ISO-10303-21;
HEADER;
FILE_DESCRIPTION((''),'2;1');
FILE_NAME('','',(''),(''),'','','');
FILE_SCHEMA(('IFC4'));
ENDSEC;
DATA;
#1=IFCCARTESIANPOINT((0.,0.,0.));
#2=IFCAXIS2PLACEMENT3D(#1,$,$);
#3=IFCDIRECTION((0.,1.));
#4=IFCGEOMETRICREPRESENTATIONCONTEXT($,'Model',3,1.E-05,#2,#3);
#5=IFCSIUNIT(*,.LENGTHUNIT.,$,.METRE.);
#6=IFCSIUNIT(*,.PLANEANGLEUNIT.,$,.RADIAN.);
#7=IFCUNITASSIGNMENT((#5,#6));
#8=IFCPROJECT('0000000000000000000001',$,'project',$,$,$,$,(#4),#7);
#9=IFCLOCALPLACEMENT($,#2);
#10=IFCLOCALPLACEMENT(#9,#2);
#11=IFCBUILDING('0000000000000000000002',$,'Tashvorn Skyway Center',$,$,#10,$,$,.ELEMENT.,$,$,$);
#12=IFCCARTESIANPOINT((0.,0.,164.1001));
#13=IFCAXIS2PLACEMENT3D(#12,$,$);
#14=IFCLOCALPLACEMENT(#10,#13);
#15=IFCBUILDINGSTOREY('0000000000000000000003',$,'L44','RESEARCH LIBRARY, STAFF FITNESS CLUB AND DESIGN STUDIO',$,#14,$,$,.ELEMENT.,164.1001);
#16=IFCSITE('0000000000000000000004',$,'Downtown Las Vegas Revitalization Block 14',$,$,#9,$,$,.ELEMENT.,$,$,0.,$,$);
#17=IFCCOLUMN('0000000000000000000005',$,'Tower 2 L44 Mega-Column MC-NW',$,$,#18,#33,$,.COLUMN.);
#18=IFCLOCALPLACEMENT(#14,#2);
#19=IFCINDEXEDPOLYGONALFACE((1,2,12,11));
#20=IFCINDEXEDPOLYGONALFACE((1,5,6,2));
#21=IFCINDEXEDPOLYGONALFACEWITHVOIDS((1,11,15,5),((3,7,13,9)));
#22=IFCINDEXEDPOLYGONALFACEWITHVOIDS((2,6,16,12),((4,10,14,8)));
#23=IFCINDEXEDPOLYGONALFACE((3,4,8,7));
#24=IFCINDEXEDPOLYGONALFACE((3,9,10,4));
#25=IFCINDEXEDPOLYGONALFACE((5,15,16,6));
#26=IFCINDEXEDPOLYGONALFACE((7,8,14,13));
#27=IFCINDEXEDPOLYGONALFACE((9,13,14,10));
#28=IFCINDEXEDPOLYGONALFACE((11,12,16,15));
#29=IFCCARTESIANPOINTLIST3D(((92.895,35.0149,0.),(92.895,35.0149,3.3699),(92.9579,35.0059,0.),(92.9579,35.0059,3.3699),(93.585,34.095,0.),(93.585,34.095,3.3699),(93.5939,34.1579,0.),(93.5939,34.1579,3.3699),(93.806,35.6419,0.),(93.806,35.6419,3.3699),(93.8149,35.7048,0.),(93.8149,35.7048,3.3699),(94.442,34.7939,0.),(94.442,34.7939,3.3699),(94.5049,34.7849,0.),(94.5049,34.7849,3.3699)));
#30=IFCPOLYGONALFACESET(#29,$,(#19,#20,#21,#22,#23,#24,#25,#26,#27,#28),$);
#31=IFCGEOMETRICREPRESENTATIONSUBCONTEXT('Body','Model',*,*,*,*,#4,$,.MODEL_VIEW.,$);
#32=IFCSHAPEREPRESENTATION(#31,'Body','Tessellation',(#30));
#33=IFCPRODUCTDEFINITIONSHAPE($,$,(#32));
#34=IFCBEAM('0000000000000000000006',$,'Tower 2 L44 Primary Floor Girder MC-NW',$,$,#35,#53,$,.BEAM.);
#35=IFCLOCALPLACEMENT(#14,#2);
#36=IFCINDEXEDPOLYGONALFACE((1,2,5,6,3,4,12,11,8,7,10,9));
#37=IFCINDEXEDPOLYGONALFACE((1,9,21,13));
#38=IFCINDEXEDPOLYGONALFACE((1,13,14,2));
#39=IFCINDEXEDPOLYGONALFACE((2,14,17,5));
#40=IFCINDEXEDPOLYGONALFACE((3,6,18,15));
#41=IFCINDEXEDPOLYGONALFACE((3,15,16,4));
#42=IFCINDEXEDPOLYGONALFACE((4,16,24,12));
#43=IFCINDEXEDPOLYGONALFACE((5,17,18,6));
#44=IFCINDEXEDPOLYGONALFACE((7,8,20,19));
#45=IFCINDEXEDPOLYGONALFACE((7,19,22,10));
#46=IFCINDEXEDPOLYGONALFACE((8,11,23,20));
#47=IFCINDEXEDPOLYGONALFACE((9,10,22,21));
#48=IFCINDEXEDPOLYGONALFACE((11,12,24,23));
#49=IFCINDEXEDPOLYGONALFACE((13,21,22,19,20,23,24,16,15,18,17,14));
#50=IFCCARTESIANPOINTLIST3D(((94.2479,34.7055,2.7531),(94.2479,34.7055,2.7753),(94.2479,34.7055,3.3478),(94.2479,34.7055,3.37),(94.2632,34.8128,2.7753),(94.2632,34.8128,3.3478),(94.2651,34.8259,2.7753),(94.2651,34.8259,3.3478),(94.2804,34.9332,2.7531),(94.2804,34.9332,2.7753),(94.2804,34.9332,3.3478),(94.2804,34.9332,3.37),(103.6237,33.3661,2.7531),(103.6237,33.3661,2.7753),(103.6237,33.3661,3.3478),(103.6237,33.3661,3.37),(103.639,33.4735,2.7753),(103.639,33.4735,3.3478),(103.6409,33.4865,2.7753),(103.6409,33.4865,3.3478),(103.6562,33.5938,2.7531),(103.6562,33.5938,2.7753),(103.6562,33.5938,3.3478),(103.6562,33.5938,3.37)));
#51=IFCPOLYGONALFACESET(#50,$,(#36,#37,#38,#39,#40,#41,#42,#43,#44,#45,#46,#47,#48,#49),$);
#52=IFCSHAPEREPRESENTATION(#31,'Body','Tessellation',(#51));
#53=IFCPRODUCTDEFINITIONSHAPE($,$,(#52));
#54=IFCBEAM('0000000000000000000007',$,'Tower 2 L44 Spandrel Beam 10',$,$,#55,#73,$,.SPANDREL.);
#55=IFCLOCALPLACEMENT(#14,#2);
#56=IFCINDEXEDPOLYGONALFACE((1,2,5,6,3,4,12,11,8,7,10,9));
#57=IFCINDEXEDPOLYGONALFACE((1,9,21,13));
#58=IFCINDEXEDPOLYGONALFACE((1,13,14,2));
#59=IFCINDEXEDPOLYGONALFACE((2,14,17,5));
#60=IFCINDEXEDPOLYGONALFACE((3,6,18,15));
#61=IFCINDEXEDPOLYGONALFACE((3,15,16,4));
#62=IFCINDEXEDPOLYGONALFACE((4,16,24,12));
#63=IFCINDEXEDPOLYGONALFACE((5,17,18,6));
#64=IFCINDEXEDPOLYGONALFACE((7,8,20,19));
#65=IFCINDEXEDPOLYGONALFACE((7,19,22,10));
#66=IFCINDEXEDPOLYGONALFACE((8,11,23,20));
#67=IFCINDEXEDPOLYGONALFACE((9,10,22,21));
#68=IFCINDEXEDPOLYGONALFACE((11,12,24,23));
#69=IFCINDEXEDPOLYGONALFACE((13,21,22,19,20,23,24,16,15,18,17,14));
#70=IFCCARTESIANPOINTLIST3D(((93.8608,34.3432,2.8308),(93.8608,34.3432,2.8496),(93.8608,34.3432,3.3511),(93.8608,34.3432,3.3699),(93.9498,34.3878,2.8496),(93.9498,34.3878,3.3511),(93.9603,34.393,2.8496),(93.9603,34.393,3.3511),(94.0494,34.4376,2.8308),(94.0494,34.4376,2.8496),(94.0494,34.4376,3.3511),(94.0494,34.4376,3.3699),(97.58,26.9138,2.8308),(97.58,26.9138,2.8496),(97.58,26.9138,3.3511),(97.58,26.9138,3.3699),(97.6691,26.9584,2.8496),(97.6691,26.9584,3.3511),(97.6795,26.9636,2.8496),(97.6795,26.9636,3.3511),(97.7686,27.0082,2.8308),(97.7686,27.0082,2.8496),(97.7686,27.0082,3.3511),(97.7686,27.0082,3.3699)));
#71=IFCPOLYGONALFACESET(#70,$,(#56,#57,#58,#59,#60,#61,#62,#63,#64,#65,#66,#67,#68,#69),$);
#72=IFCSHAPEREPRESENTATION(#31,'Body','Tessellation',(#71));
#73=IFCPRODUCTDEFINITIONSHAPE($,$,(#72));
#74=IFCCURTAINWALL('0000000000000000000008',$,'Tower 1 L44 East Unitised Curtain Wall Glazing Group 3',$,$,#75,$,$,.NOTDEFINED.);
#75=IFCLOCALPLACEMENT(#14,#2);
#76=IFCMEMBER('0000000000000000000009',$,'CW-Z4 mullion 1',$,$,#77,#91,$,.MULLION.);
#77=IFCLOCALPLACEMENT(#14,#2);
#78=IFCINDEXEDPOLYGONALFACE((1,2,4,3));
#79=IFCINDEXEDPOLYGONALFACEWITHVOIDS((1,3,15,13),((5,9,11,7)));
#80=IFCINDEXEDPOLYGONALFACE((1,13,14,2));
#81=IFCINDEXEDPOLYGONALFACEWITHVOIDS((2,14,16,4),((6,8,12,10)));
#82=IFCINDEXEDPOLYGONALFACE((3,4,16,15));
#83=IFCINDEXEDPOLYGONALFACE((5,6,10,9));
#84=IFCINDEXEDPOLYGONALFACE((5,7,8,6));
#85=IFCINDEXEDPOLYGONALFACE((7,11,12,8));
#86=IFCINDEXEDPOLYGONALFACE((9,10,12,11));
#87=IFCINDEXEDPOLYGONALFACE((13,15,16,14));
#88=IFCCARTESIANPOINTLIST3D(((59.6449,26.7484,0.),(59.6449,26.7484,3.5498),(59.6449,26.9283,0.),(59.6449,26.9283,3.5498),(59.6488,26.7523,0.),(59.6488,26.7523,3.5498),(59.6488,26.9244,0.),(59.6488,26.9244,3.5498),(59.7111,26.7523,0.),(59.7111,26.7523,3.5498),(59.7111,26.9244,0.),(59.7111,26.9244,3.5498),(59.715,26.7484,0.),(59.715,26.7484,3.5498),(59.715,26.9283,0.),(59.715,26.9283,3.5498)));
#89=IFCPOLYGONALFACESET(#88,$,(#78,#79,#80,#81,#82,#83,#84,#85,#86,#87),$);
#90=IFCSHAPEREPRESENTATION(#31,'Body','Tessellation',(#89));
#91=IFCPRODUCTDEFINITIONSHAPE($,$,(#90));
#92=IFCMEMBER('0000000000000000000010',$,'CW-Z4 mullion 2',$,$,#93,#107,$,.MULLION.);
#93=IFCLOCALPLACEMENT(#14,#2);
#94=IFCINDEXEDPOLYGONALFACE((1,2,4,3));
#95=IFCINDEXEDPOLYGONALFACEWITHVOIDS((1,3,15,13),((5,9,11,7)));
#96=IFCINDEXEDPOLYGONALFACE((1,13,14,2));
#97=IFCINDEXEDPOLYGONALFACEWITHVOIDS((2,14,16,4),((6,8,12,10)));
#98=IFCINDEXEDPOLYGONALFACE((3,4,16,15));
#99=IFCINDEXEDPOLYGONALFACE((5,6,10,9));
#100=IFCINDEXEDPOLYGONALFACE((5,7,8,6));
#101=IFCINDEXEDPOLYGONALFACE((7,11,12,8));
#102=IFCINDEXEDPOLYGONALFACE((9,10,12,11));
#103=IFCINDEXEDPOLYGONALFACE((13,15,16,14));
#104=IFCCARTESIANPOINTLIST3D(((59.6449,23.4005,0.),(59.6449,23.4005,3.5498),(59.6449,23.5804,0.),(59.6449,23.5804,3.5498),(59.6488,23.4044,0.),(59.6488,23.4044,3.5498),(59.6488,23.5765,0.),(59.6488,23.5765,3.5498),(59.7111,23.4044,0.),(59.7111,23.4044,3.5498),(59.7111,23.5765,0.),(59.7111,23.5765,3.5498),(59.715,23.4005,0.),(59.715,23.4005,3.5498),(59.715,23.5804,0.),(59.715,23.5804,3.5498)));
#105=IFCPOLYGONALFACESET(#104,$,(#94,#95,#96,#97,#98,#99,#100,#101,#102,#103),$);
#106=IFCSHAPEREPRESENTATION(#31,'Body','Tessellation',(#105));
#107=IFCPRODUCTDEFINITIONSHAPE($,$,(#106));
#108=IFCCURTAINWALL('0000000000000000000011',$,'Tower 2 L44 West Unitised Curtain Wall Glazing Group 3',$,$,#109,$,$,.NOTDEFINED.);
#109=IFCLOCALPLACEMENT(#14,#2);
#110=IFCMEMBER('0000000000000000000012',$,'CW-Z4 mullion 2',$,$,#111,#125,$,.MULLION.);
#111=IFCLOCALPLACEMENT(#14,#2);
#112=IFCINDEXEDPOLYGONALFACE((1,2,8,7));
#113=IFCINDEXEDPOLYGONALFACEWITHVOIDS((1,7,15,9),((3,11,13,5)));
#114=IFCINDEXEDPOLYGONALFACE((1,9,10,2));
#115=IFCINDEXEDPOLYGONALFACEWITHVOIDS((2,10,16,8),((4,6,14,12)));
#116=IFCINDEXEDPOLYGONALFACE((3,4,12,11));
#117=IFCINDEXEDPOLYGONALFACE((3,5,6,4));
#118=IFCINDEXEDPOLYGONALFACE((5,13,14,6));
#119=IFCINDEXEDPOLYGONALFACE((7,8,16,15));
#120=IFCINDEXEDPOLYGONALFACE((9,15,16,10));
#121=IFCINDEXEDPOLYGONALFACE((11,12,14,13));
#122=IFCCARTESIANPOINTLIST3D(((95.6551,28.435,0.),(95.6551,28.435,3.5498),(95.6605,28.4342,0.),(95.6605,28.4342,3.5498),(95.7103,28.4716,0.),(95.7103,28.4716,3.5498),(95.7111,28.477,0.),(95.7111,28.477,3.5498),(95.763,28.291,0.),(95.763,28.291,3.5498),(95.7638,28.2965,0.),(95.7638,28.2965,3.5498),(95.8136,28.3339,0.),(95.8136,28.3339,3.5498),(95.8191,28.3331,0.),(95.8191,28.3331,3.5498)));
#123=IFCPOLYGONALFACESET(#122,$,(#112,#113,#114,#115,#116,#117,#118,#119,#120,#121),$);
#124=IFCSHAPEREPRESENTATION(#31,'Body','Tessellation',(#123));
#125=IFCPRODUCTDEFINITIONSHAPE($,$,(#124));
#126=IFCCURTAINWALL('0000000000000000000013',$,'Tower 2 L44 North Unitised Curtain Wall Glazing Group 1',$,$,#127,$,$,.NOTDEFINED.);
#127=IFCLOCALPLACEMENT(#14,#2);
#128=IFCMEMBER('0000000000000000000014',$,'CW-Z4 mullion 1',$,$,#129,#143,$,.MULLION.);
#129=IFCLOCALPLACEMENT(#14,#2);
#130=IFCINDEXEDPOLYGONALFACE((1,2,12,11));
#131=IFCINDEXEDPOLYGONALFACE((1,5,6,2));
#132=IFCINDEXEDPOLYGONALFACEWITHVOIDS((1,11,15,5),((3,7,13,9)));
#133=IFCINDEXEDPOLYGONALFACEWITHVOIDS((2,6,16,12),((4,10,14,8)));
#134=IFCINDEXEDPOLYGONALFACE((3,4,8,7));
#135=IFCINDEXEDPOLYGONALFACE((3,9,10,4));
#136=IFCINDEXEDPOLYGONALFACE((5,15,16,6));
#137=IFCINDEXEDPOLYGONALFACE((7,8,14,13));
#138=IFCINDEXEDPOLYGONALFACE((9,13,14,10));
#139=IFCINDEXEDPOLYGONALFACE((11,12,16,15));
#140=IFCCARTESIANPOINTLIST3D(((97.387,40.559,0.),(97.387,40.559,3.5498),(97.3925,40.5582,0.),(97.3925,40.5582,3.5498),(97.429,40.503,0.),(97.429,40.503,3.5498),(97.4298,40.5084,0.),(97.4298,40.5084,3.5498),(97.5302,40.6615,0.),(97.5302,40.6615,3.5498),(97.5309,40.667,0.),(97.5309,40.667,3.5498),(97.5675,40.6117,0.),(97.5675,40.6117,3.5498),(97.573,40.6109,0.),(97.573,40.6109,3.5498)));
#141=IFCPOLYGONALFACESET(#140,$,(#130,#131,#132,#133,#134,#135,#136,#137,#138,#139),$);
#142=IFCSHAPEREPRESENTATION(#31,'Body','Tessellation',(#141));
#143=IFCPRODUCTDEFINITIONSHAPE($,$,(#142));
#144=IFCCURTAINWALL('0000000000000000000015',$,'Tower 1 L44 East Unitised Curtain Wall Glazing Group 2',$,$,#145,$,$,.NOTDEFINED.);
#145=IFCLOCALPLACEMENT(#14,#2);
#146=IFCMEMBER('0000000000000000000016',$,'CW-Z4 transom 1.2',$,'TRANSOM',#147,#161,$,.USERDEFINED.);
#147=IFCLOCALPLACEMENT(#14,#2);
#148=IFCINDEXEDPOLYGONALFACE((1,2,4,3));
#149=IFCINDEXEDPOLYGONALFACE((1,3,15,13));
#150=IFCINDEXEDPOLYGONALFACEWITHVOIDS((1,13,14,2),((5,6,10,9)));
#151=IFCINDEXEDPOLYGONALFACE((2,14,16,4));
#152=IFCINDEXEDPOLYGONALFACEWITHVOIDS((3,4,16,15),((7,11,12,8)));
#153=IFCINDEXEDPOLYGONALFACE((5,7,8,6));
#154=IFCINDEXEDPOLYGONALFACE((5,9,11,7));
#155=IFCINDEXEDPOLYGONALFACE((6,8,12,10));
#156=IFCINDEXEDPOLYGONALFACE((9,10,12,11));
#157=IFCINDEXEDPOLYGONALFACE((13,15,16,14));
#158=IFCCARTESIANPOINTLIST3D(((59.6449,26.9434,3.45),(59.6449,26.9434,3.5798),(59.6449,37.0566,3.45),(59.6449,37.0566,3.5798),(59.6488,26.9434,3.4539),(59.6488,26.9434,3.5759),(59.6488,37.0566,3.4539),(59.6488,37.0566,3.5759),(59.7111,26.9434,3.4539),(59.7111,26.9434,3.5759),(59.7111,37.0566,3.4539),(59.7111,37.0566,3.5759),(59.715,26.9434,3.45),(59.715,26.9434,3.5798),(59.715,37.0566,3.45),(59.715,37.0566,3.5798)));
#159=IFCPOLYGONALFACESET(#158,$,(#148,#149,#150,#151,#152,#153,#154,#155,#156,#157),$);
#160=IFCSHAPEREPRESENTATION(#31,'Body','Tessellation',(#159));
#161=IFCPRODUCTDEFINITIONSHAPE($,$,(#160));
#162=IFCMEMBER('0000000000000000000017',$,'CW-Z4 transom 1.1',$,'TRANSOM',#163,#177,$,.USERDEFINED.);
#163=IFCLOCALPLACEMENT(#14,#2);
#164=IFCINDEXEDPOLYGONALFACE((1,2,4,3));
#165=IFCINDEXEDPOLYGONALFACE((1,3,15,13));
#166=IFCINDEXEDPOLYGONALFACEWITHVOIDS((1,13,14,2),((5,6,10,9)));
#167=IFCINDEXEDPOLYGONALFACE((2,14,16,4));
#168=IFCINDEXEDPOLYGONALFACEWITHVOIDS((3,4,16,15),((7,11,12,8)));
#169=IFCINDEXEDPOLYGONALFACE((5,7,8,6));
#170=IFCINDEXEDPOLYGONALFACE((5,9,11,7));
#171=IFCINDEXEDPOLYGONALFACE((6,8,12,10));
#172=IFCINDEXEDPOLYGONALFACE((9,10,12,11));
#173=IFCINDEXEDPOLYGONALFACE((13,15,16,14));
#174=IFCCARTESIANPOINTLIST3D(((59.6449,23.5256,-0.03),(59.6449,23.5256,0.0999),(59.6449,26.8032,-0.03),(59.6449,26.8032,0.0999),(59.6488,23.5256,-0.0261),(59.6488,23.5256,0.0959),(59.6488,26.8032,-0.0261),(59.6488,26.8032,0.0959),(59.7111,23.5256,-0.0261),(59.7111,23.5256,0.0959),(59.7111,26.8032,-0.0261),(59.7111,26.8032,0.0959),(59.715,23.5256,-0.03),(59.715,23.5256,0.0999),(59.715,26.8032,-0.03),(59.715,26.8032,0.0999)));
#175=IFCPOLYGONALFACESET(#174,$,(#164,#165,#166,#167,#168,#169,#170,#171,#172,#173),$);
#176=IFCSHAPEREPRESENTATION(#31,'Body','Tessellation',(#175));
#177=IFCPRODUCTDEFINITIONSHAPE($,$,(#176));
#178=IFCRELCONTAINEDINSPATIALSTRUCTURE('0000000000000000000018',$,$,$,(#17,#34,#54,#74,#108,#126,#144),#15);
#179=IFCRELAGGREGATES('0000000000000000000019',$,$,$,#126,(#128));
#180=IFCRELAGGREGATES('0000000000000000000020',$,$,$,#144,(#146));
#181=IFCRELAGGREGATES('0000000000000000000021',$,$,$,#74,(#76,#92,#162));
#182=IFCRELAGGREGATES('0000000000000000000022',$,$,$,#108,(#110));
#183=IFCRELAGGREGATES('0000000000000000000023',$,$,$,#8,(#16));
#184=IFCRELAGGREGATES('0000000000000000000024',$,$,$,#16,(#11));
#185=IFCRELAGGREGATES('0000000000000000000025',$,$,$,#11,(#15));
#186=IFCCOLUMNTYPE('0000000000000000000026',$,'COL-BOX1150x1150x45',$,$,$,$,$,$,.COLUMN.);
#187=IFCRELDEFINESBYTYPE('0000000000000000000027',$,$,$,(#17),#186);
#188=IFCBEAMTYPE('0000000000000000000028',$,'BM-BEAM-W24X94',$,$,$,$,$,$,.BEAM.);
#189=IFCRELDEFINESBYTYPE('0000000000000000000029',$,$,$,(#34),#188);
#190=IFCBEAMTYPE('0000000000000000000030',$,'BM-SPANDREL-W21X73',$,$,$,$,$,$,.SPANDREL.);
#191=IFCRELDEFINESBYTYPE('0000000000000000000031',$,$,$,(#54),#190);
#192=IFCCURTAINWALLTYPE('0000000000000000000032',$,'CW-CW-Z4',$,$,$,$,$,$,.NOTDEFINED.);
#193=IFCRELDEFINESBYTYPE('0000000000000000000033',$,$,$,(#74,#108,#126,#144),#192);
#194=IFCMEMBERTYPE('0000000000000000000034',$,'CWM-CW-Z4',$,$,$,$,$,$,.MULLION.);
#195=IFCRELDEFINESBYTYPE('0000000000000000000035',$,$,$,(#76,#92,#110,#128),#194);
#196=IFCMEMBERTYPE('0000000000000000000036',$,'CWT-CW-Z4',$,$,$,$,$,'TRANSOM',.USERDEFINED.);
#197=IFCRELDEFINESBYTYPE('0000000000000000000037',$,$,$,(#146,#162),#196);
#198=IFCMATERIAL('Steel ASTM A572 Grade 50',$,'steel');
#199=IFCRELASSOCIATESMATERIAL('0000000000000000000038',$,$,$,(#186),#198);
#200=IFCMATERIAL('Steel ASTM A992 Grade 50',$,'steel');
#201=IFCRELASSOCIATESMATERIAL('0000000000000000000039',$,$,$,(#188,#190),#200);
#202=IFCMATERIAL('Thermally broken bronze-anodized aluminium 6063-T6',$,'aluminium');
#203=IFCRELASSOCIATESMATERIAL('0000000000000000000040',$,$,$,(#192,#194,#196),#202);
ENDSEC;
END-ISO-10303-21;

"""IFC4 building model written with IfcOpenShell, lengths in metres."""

from ifc_helpers import new_model, si_unit, direction, frame, origin, origin_2d, place, context, subcontext, project, spatial, hollow_rectangle, i_section, extrude, material, material_profile, profile_set, type_object, element, aggregate, save


model = new_model("IFC4")

# Units and contexts
model_context = context("Model", 3, precision=1e-05, world=origin(), true_north=direction((0.0, 1.0)))
body_context = subcontext(model_context, "Body", "Model", "MODEL_VIEW")
ifc_project = project(units=[si_unit("LENGTHUNIT", "METRE"), si_unit("PLANEANGLEUNIT", "RADIAN")], contexts=[model_context])

# Site, building, storey
site_placement = place(None, origin())
site = spatial("IfcSite", under=ifc_project, at=site_placement, Name="Downtown Las Vegas Revitalization Block 14", CompositionType="ELEMENT", RefElevation=0.0)
building_placement = place(site_placement, origin())
building = spatial("IfcBuilding", under=site, at=building_placement, Name="Tashvorn Skyway Center", CompositionType="ELEMENT")
storey_placement = place(building_placement, frame((0.0, 0.0, 164.1001)))
storey = spatial("IfcBuildingStorey", under=building, at=storey_placement, Name="L44", Description="RESEARCH LIBRARY, STAFF FITNESS CLUB AND DESIGN STUDIO", CompositionType="ELEMENT", Elevation=164.1001)

# Column
ifc_material_1 = material(Name="Steel ASTM A572 Grade 50", Category="steel")
ifc_material_profile_1 = material_profile(ifc_material_1, hollow_rectangle(XDim=1.1499, YDim=1.1499, WallThickness=0.0449, at=origin_2d()), Name="BOX1150x1150x45")
ifc_profile_set_1 = profile_set([ifc_material_profile_1], Name="Steel ASTM A572 Grade 50")
column_type = type_object("IfcColumnType", Name="COL-BOX1150x1150x45", PredefinedType="COLUMN", material=ifc_profile_set_1)
column_placement = place(storey_placement, frame((93.7, 34.8999, 0.0), z_axis=(0.0, 0.0, 1.0), x_axis=(0.8, 0.6, 0.0)))
element("IfcColumn", 1, at=column_placement, inside=storey, type_object=column_type, Name="Tower 2 L44 Mega-Column MC-NW", PredefinedType="COLUMN", context=body_context, shape_type="SweptSolid", body=[
    extrude(hollow_rectangle(XDim=1.1499, YDim=1.1499, WallThickness=0.0449, at=origin_2d()), origin(), (0.0, 0.0, 1.0), 3.3699),
])

# Beams
ifc_material_2 = material(Name="Steel ASTM A992 Grade 50", Category="steel")
ifc_material_profile_2 = material_profile(ifc_material_2, i_section(OverallWidth=0.23, OverallDepth=0.6169, WebThickness=0.0132, FlangeThickness=0.0222, at=origin_2d()), Name="W24X94")
ifc_profile_set_2 = profile_set([ifc_material_profile_2], Name="Steel ASTM A992 Grade 50")
beam_type_1 = type_object("IfcBeamType", Name="BM-BEAM-W24X94", PredefinedType="BEAM", material=ifc_profile_set_2)
beam_1_placement = place(storey_placement, frame((94.2642, 34.8193, 3.0615), z_axis=(0.98995, -0.141418, 0.0), x_axis=(0.141418, 0.98995, 0.0)))
element("IfcBeam", 2, at=beam_1_placement, inside=storey, type_object=beam_type_1, Name="Tower 2 L44 Primary Floor Girder MC-NW", PredefinedType="BEAM", context=body_context, shape_type="SweptSolid", body=[
    extrude(i_section(OverallWidth=0.23, OverallDepth=0.6169, WebThickness=0.0132, FlangeThickness=0.0222, at=origin_2d()), origin(), (0.0, 0.0, 1.0), 9.4709),
])
ifc_material_profile_3 = material_profile(ifc_material_2, i_section(OverallWidth=0.2109, OverallDepth=0.5391, WebThickness=0.0117, FlangeThickness=0.0188, at=origin_2d()), Name="W21X73")
ifc_profile_set_3 = profile_set([ifc_material_profile_3], Name="Steel ASTM A992 Grade 50")
beam_type_2 = type_object("IfcBeamType", Name="BM-SPANDREL-W21X73", PredefinedType="SPANDREL", material=ifc_profile_set_3)
beam_2_placement = place(storey_placement, frame((93.9551, 34.3904, 3.1003), z_axis=(0.447648, -0.89421, 0.0), x_axis=(0.89421, 0.447648, 0.0)))
element("IfcBeam", 3, at=beam_2_placement, inside=storey, type_object=beam_type_2, Name="Tower 2 L44 Spandrel Beam 10", PredefinedType="SPANDREL", context=body_context, shape_type="SweptSolid", body=[
    extrude(i_section(OverallWidth=0.2109, OverallDepth=0.5391, WebThickness=0.0117, FlangeThickness=0.0188, at=origin_2d()), origin(), (0.0, 0.0, 1.0), 8.3083),
])

# Curtain wall, members
ifc_material_3 = material(Name="Thermally broken bronze-anodized aluminium 6063-T6", Category="aluminium")
curtain_wall_type = type_object("IfcCurtainWallType", Name="CW-CW-Z4", PredefinedType="NOTDEFINED", material=ifc_material_3)
curtain_wall_1_placement = place(storey_placement, origin())
curtain_wall_1 = element("IfcCurtainWall", 4, at=curtain_wall_1_placement, inside=storey, type_object=curtain_wall_type, Name="Tower 1 L44 East Unitised Curtain Wall Glazing Group 3", PredefinedType="NOTDEFINED")
ifc_material_profile_4 = material_profile(ifc_material_3, hollow_rectangle(XDim=0.0701, YDim=0.1799, WallThickness=0.0039, at=origin_2d()), Name="ALU-MULL-70x180")
ifc_profile_set_4 = profile_set([ifc_material_profile_4], Name="Thermally broken bronze-anodized aluminium 6063-T6")
member_type_1 = type_object("IfcMemberType", Name="CWM-CW-Z4", PredefinedType="MULLION", material=ifc_profile_set_4)
member_1_placement = place(storey_placement, frame((59.6799, 26.8384, 0.0), z_axis=(0.0, 0.0, 1.0), x_axis=(1.0, 0.0, 0.0)))
member_1 = element("IfcMember", 5, at=member_1_placement, type_object=member_type_1, Name="CW-Z4 mullion 1", PredefinedType="MULLION", context=body_context, shape_type="SweptSolid", body=[
    extrude(hollow_rectangle(XDim=0.0701, YDim=0.1799, WallThickness=0.0039, at=origin_2d()), origin(), (0.0, 0.0, 1.0), 3.5498),
])
member_2_placement = place(storey_placement, frame((59.6799, 23.4905, 0.0), z_axis=(0.0, 0.0, 1.0), x_axis=(1.0, 0.0, 0.0)))
member_2 = element("IfcMember", 6, at=member_2_placement, type_object=member_type_1, Name="CW-Z4 mullion 2", PredefinedType="MULLION", context=body_context, shape_type="SweptSolid", body=[
    extrude(hollow_rectangle(XDim=0.0701, YDim=0.1799, WallThickness=0.0039, at=origin_2d()), origin(), (0.0, 0.0, 1.0), 3.5498),
])

# Curtain walls, members
curtain_wall_2_placement = place(storey_placement, origin())
curtain_wall_2 = element("IfcCurtainWall", 7, at=curtain_wall_2_placement, inside=storey, type_object=curtain_wall_type, Name="Tower 2 L44 West Unitised Curtain Wall Glazing Group 3", PredefinedType="NOTDEFINED")
member_3_placement = place(storey_placement, frame((95.7371, 28.384, 0.0), z_axis=(0.0, 0.0, 1.0), x_axis=(-0.8, -0.6, 0.0)))
member_3 = element("IfcMember", 8, at=member_3_placement, type_object=member_type_1, Name="CW-Z4 mullion 2", PredefinedType="MULLION", context=body_context, shape_type="SweptSolid", body=[
    extrude(hollow_rectangle(XDim=0.0701, YDim=0.1799, WallThickness=0.0039, at=origin_2d()), origin(), (0.0, 0.0, 1.0), 3.5498),
])
curtain_wall_3_placement = place(storey_placement, origin())
curtain_wall_3 = element("IfcCurtainWall", 9, at=curtain_wall_3_placement, inside=storey, type_object=curtain_wall_type, Name="Tower 2 L44 North Unitised Curtain Wall Glazing Group 1", PredefinedType="NOTDEFINED")
member_4_placement = place(storey_placement, frame((97.48, 40.585, 0.0), z_axis=(0.0, 0.0, 1.0), x_axis=(-0.6, 0.8, 0.0)))
member_4 = element("IfcMember", 10, at=member_4_placement, type_object=member_type_1, Name="CW-Z4 mullion 1", PredefinedType="MULLION", context=body_context, shape_type="SweptSolid", body=[
    extrude(hollow_rectangle(XDim=0.0701, YDim=0.1799, WallThickness=0.0039, at=origin_2d()), origin(), (0.0, 0.0, 1.0), 3.5498),
])
curtain_wall_4_placement = place(storey_placement, origin())
curtain_wall_4 = element("IfcCurtainWall", 11, at=curtain_wall_4_placement, inside=storey, type_object=curtain_wall_type, Name="Tower 1 L44 East Unitised Curtain Wall Glazing Group 2", PredefinedType="NOTDEFINED")
ifc_material_profile_5 = material_profile(ifc_material_3, hollow_rectangle(XDim=0.0701, YDim=0.1299, WallThickness=0.0039, at=origin_2d()), Name="ALU-TRAN-70x130")
ifc_profile_set_5 = profile_set([ifc_material_profile_5], Name="Thermally broken bronze-anodized aluminium 6063-T6")
member_type_2 = type_object("IfcMemberType", Name="CWT-CW-Z4", ElementType="TRANSOM", PredefinedType="USERDEFINED", material=ifc_profile_set_5)
member_5_placement = place(storey_placement, frame((59.6799, 37.0566, 3.5149), z_axis=(0.0, -1.0, 0.0), x_axis=(1.0, 0.0, 0.0)))
member_5 = element("IfcMember", 12, at=member_5_placement, type_object=member_type_2, Name="CW-Z4 transom 1.2", ObjectType="TRANSOM", PredefinedType="USERDEFINED", context=body_context, shape_type="SweptSolid", body=[
    extrude(hollow_rectangle(XDim=0.0701, YDim=0.1299, WallThickness=0.0039, at=origin_2d()), origin(), (0.0, 0.0, 1.0), 10.1133),
])

# Member
member_6_placement = place(storey_placement, frame((59.6799, 26.8032, 0.0349), z_axis=(0.0, -1.0, 0.0), x_axis=(1.0, 0.0, 0.0)))
member_6 = element("IfcMember", 13, at=member_6_placement, type_object=member_type_2, Name="CW-Z4 transom 1.1", ObjectType="TRANSOM", PredefinedType="USERDEFINED", context=body_context, shape_type="SweptSolid", body=[
    extrude(hollow_rectangle(XDim=0.0701, YDim=0.1299, WallThickness=0.0039, at=origin_2d()), origin(), (0.0, 0.0, 1.0), 3.2776),
])
aggregate(curtain_wall_3, [member_4])

aggregate(curtain_wall_4, [member_5])
aggregate(curtain_wall_1, [member_1, member_2, member_6])
aggregate(curtain_wall_2, [member_3])

save(model, "model.ifc")
